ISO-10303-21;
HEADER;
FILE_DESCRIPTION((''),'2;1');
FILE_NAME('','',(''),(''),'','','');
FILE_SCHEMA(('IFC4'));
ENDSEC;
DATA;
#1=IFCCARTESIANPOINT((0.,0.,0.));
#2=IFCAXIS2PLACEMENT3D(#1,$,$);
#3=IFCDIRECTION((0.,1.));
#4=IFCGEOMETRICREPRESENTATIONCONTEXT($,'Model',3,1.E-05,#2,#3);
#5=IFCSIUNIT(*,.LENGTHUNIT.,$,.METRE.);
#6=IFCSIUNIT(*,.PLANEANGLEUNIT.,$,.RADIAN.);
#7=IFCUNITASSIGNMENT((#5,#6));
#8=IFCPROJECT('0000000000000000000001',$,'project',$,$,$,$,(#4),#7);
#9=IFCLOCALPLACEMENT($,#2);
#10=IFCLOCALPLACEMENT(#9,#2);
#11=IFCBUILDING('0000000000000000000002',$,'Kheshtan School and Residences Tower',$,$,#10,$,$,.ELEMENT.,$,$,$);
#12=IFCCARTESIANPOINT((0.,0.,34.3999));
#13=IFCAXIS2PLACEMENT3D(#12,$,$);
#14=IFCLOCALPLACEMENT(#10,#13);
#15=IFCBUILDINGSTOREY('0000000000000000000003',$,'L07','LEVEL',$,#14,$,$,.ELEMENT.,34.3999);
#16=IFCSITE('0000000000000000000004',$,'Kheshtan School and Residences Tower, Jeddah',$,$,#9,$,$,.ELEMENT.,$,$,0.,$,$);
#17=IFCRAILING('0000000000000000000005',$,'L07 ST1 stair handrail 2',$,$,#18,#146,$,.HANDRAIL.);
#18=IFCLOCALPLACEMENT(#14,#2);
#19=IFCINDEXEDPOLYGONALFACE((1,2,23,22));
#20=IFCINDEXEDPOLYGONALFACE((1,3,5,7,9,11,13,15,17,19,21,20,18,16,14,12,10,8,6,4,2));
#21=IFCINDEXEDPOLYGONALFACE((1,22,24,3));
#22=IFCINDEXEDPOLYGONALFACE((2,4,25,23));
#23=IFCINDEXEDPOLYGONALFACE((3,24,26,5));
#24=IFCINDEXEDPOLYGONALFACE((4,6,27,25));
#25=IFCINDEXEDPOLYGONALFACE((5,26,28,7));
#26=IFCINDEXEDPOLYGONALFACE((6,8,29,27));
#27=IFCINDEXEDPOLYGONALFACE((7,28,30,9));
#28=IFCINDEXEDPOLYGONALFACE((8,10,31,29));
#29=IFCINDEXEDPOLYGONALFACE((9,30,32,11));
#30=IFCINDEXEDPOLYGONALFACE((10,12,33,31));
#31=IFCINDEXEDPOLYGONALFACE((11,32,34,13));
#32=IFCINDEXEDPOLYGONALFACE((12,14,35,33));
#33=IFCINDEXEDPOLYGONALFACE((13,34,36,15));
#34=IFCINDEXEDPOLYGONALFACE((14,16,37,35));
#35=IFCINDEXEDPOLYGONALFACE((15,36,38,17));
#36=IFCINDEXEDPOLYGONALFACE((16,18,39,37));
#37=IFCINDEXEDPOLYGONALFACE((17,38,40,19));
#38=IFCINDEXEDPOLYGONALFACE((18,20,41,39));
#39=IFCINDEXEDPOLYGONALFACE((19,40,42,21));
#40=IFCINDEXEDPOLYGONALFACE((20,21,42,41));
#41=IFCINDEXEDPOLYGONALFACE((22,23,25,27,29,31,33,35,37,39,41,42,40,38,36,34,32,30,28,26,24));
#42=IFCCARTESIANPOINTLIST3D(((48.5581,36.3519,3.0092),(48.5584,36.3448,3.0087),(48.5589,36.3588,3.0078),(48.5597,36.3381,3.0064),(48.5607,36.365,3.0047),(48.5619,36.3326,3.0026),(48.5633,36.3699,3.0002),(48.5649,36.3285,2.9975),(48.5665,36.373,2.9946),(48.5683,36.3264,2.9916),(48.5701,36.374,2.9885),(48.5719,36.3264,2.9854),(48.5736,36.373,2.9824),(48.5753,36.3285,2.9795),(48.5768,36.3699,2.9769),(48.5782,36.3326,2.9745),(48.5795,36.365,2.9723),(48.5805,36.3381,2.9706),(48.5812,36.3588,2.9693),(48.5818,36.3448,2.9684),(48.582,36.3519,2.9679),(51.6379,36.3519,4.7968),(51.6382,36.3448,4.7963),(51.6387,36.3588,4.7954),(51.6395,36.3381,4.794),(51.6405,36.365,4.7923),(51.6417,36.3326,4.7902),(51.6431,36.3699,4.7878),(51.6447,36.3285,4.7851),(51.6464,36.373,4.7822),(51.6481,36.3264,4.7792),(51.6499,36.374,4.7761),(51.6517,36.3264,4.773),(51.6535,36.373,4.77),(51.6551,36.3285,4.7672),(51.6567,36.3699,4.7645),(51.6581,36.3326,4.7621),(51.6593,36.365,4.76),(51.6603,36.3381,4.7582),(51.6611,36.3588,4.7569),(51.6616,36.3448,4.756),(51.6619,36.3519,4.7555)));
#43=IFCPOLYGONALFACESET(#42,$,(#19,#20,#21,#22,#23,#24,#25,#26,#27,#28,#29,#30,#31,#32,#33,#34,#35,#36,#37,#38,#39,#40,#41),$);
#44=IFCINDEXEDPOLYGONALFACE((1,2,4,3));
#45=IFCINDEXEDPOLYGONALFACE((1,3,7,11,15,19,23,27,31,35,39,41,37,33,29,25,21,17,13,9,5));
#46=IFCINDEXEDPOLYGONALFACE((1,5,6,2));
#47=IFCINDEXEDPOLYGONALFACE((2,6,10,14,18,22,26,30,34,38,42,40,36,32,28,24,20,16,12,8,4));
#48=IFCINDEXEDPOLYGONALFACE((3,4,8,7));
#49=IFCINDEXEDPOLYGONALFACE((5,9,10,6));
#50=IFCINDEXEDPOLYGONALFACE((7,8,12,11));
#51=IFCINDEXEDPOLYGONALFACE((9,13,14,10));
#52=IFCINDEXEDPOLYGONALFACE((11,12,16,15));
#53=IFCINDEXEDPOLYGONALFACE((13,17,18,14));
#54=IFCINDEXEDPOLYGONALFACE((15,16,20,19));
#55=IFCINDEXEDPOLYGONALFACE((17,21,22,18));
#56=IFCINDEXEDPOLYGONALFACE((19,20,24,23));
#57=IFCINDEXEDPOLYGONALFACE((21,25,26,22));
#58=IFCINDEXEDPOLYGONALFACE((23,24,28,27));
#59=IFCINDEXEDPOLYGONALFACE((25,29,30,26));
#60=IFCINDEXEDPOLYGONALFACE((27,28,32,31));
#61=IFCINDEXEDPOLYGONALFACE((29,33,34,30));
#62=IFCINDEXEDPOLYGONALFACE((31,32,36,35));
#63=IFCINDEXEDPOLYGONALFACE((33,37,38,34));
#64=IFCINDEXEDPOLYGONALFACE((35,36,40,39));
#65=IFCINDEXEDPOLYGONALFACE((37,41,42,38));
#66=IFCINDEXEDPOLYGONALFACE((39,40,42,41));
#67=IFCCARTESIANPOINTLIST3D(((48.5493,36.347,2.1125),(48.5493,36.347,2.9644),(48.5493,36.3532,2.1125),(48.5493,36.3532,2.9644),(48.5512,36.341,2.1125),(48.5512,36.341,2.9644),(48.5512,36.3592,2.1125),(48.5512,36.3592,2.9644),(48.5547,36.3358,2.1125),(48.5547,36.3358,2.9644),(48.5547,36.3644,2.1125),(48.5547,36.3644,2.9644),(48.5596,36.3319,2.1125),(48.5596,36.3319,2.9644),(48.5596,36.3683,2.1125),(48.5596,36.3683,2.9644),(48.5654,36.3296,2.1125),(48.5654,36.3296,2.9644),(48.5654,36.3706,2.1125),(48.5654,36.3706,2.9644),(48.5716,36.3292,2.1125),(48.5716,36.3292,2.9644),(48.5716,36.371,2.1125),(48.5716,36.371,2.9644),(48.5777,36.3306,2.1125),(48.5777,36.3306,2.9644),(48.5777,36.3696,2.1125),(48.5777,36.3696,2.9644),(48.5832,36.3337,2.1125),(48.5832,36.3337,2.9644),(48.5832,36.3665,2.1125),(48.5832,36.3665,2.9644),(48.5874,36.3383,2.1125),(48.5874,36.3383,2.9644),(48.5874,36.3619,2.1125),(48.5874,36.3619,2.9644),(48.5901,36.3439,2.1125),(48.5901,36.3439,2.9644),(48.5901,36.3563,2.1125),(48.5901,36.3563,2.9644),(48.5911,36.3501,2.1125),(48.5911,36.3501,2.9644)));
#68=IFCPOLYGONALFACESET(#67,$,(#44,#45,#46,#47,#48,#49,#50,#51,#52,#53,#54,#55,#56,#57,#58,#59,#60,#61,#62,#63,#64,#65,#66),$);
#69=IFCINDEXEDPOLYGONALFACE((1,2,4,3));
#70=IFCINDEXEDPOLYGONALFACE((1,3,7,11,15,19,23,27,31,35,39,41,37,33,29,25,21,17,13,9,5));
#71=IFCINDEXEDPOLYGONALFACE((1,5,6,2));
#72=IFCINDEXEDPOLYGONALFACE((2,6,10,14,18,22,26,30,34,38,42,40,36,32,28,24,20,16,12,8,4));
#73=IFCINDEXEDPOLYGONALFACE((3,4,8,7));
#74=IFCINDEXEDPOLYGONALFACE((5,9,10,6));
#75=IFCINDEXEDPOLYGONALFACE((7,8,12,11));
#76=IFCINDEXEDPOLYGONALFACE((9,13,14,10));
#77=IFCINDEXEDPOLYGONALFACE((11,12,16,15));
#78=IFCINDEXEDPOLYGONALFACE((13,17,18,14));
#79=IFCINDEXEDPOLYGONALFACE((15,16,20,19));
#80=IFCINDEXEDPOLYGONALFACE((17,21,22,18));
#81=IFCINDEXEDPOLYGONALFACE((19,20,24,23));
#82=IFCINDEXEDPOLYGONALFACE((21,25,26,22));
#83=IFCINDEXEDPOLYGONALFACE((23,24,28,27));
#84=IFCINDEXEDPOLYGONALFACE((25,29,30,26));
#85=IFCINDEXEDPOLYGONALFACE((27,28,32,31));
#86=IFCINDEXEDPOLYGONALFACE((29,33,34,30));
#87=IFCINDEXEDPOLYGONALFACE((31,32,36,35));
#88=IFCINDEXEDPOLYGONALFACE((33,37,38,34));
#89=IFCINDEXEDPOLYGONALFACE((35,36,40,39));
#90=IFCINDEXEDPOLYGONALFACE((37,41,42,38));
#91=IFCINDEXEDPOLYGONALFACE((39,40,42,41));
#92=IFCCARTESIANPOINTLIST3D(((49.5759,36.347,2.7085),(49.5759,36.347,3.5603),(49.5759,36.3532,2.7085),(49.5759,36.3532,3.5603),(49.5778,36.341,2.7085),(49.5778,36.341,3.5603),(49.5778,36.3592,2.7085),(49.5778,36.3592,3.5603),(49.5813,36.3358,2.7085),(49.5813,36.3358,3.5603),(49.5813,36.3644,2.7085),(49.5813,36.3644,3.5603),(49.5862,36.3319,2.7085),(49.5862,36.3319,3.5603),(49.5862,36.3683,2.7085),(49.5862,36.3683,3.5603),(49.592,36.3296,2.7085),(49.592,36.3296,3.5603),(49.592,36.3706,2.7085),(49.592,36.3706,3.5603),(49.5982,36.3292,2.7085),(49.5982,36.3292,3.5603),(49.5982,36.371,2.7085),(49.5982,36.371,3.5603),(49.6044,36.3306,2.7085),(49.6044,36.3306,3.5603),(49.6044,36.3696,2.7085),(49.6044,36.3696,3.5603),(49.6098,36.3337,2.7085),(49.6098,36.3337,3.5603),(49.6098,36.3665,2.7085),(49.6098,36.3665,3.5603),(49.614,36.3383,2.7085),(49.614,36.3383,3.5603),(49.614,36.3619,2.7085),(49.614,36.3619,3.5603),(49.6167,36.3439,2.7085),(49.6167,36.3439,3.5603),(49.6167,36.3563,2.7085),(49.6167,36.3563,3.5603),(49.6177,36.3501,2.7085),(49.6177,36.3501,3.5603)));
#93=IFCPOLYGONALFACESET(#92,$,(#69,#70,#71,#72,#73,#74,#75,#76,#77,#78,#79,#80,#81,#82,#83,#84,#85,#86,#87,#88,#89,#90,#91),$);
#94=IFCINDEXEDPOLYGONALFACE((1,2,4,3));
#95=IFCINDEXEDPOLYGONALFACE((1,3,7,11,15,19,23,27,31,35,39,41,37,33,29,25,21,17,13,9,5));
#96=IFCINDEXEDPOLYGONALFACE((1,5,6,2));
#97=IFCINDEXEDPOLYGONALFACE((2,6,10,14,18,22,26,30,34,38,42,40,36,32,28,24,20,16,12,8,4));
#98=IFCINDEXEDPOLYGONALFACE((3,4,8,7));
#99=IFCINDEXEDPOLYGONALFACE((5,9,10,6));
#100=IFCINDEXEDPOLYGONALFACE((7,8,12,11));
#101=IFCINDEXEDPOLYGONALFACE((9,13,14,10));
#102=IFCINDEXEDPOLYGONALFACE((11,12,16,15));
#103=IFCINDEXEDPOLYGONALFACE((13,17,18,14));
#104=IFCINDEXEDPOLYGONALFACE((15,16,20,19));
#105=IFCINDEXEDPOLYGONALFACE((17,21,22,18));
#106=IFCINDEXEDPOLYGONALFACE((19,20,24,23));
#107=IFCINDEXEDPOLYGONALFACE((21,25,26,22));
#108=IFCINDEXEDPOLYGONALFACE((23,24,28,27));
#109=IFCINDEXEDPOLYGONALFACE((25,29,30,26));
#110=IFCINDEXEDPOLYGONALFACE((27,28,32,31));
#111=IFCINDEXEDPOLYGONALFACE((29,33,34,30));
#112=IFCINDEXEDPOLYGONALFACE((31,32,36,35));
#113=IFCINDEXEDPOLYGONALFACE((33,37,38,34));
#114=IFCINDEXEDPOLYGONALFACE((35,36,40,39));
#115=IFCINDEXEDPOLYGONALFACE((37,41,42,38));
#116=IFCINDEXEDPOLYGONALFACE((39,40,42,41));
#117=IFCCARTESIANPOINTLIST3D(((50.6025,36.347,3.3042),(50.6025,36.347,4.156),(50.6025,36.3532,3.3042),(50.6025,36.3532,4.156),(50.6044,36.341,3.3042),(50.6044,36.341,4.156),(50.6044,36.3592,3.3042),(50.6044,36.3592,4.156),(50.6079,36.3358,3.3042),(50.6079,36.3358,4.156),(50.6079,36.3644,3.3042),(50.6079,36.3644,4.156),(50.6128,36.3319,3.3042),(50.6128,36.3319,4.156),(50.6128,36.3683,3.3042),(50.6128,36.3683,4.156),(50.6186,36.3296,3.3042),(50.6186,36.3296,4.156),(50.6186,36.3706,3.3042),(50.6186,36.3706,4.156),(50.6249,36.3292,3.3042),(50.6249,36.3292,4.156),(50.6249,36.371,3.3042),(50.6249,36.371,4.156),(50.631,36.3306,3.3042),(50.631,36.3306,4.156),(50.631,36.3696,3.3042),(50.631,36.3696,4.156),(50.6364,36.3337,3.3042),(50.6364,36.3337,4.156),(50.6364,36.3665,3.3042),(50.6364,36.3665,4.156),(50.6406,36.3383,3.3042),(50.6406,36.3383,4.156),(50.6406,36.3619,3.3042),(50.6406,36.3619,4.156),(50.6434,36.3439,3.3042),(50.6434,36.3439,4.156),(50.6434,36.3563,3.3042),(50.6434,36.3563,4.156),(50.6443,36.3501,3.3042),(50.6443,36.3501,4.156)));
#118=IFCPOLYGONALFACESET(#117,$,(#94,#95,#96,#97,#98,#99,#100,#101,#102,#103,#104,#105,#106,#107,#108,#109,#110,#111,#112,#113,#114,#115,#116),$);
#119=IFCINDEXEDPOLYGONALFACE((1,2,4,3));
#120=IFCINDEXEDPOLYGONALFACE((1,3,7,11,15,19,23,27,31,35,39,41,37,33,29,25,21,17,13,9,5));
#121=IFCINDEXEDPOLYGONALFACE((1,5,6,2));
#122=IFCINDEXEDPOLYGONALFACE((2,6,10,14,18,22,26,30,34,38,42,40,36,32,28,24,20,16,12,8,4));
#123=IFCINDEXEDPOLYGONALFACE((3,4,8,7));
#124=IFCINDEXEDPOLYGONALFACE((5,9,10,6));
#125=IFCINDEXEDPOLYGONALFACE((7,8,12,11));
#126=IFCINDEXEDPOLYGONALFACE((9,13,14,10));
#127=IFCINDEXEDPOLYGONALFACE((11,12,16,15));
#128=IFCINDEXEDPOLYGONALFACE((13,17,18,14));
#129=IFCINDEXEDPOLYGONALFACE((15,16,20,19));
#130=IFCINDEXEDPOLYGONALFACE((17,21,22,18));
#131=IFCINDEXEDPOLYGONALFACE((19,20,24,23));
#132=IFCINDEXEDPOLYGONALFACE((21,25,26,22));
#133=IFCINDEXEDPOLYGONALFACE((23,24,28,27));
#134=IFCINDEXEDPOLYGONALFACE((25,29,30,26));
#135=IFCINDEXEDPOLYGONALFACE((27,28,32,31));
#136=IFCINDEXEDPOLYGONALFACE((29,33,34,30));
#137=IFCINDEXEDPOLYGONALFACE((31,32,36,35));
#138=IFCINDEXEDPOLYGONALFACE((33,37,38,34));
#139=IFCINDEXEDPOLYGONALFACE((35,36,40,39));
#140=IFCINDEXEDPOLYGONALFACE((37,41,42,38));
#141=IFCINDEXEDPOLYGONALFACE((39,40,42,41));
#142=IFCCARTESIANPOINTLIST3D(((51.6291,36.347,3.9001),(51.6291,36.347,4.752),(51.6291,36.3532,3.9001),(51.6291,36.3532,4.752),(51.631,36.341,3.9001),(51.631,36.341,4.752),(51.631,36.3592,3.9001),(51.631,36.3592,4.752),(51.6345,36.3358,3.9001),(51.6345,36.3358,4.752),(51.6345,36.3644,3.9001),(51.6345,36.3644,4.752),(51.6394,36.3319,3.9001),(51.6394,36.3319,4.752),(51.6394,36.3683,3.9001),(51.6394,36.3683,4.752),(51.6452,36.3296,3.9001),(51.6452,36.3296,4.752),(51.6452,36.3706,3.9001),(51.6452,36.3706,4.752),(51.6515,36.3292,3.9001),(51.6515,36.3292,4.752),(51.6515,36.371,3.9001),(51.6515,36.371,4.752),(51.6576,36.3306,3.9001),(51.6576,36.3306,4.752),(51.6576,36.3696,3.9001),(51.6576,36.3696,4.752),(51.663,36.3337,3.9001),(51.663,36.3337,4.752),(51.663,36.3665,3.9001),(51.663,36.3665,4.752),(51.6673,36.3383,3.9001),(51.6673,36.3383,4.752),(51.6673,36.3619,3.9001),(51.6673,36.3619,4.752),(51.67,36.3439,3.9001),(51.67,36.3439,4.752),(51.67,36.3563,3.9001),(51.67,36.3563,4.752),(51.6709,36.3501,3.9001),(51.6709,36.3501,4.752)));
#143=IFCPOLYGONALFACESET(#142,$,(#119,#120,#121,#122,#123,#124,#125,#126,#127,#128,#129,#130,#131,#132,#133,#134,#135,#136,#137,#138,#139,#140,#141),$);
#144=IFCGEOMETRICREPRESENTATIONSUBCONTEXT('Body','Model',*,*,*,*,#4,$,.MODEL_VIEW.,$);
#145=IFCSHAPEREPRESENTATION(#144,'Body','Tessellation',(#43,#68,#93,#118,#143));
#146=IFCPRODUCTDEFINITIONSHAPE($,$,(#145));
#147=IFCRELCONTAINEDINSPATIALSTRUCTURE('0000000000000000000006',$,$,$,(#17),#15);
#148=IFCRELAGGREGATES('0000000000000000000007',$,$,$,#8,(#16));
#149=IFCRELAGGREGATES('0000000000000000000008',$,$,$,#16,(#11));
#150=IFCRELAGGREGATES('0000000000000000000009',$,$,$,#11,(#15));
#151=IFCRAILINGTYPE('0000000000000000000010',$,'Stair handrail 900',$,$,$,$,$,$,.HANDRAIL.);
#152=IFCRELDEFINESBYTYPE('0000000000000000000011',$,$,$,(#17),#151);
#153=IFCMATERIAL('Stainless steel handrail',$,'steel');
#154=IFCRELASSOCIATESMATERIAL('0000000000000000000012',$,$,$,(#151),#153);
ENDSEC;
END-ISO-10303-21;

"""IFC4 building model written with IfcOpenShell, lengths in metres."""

from ifc_helpers import new_model, si_unit, direction, frame, origin, origin_2d, place, context, subcontext, project, spatial, circle, extrude, material, type_object, element, save


model = new_model("IFC4")

# Units and contexts
model_context = context("Model", 3, precision=1e-05, world=origin(), true_north=direction((0.0, 1.0)))
body_context = subcontext(model_context, "Body", "Model", "MODEL_VIEW")
ifc_project = project(units=[si_unit("LENGTHUNIT", "METRE"), si_unit("PLANEANGLEUNIT", "RADIAN")], contexts=[model_context])

# Site, building, storey
site_placement = place(None, origin())
site = spatial("IfcSite", under=ifc_project, at=site_placement, Name="Kheshtan School and Residences Tower, Jeddah", CompositionType="ELEMENT", RefElevation=0.0)
building_placement = place(site_placement, origin())
building = spatial("IfcBuilding", under=site, at=building_placement, Name="Kheshtan School and Residences Tower", CompositionType="ELEMENT")
storey_placement = place(building_placement, frame((0.0, 0.0, 34.3999)))
storey = spatial("IfcBuildingStorey", under=building, at=storey_placement, Name="L07", Description="LEVEL", CompositionType="ELEMENT", Elevation=34.3999)

# Railing
ifc_material_1 = material(Name="Stainless steel handrail", Category="steel")
railing_type = type_object("IfcRailingType", Name="Stair handrail 900", PredefinedType="HANDRAIL", material=ifc_material_1)
railing_placement = place(storey_placement, frame((48.5701, 36.3501, 2.1125)))
element("IfcRailing", 1, at=railing_placement, inside=storey, type_object=railing_type, Name="L07 ST1 stair handrail 2", PredefinedType="HANDRAIL", context=body_context, shape_type="SweptSolid", body=[
    extrude(circle(Radius=0.0239, at=origin_2d()), frame((0.0, 0.0, 0.876), z_axis=(0.864873, 0.0, 0.50199), x_axis=(0.0, 1.0, 0.0)), (0.0, 0.0, 1.0), 3.561),
    extrude(circle(Radius=0.021, at=origin_2d()), origin(), (0.0, 0.0, 1.0), 0.8518),
    extrude(circle(Radius=0.021, at=origin_2d()), frame((1.0266, 0.0, 0.5959)), (0.0, 0.0, 1.0), 0.8518),
    extrude(circle(Radius=0.021, at=origin_2d()), frame((2.0532, 0.0, 1.1917)), (0.0, 0.0, 1.0), 0.8518),
    extrude(circle(Radius=0.021, at=origin_2d()), frame((3.0798, 0.0, 1.7876)), (0.0, 0.0, 1.0), 0.8518),
])

save(model, "model.ifc")
